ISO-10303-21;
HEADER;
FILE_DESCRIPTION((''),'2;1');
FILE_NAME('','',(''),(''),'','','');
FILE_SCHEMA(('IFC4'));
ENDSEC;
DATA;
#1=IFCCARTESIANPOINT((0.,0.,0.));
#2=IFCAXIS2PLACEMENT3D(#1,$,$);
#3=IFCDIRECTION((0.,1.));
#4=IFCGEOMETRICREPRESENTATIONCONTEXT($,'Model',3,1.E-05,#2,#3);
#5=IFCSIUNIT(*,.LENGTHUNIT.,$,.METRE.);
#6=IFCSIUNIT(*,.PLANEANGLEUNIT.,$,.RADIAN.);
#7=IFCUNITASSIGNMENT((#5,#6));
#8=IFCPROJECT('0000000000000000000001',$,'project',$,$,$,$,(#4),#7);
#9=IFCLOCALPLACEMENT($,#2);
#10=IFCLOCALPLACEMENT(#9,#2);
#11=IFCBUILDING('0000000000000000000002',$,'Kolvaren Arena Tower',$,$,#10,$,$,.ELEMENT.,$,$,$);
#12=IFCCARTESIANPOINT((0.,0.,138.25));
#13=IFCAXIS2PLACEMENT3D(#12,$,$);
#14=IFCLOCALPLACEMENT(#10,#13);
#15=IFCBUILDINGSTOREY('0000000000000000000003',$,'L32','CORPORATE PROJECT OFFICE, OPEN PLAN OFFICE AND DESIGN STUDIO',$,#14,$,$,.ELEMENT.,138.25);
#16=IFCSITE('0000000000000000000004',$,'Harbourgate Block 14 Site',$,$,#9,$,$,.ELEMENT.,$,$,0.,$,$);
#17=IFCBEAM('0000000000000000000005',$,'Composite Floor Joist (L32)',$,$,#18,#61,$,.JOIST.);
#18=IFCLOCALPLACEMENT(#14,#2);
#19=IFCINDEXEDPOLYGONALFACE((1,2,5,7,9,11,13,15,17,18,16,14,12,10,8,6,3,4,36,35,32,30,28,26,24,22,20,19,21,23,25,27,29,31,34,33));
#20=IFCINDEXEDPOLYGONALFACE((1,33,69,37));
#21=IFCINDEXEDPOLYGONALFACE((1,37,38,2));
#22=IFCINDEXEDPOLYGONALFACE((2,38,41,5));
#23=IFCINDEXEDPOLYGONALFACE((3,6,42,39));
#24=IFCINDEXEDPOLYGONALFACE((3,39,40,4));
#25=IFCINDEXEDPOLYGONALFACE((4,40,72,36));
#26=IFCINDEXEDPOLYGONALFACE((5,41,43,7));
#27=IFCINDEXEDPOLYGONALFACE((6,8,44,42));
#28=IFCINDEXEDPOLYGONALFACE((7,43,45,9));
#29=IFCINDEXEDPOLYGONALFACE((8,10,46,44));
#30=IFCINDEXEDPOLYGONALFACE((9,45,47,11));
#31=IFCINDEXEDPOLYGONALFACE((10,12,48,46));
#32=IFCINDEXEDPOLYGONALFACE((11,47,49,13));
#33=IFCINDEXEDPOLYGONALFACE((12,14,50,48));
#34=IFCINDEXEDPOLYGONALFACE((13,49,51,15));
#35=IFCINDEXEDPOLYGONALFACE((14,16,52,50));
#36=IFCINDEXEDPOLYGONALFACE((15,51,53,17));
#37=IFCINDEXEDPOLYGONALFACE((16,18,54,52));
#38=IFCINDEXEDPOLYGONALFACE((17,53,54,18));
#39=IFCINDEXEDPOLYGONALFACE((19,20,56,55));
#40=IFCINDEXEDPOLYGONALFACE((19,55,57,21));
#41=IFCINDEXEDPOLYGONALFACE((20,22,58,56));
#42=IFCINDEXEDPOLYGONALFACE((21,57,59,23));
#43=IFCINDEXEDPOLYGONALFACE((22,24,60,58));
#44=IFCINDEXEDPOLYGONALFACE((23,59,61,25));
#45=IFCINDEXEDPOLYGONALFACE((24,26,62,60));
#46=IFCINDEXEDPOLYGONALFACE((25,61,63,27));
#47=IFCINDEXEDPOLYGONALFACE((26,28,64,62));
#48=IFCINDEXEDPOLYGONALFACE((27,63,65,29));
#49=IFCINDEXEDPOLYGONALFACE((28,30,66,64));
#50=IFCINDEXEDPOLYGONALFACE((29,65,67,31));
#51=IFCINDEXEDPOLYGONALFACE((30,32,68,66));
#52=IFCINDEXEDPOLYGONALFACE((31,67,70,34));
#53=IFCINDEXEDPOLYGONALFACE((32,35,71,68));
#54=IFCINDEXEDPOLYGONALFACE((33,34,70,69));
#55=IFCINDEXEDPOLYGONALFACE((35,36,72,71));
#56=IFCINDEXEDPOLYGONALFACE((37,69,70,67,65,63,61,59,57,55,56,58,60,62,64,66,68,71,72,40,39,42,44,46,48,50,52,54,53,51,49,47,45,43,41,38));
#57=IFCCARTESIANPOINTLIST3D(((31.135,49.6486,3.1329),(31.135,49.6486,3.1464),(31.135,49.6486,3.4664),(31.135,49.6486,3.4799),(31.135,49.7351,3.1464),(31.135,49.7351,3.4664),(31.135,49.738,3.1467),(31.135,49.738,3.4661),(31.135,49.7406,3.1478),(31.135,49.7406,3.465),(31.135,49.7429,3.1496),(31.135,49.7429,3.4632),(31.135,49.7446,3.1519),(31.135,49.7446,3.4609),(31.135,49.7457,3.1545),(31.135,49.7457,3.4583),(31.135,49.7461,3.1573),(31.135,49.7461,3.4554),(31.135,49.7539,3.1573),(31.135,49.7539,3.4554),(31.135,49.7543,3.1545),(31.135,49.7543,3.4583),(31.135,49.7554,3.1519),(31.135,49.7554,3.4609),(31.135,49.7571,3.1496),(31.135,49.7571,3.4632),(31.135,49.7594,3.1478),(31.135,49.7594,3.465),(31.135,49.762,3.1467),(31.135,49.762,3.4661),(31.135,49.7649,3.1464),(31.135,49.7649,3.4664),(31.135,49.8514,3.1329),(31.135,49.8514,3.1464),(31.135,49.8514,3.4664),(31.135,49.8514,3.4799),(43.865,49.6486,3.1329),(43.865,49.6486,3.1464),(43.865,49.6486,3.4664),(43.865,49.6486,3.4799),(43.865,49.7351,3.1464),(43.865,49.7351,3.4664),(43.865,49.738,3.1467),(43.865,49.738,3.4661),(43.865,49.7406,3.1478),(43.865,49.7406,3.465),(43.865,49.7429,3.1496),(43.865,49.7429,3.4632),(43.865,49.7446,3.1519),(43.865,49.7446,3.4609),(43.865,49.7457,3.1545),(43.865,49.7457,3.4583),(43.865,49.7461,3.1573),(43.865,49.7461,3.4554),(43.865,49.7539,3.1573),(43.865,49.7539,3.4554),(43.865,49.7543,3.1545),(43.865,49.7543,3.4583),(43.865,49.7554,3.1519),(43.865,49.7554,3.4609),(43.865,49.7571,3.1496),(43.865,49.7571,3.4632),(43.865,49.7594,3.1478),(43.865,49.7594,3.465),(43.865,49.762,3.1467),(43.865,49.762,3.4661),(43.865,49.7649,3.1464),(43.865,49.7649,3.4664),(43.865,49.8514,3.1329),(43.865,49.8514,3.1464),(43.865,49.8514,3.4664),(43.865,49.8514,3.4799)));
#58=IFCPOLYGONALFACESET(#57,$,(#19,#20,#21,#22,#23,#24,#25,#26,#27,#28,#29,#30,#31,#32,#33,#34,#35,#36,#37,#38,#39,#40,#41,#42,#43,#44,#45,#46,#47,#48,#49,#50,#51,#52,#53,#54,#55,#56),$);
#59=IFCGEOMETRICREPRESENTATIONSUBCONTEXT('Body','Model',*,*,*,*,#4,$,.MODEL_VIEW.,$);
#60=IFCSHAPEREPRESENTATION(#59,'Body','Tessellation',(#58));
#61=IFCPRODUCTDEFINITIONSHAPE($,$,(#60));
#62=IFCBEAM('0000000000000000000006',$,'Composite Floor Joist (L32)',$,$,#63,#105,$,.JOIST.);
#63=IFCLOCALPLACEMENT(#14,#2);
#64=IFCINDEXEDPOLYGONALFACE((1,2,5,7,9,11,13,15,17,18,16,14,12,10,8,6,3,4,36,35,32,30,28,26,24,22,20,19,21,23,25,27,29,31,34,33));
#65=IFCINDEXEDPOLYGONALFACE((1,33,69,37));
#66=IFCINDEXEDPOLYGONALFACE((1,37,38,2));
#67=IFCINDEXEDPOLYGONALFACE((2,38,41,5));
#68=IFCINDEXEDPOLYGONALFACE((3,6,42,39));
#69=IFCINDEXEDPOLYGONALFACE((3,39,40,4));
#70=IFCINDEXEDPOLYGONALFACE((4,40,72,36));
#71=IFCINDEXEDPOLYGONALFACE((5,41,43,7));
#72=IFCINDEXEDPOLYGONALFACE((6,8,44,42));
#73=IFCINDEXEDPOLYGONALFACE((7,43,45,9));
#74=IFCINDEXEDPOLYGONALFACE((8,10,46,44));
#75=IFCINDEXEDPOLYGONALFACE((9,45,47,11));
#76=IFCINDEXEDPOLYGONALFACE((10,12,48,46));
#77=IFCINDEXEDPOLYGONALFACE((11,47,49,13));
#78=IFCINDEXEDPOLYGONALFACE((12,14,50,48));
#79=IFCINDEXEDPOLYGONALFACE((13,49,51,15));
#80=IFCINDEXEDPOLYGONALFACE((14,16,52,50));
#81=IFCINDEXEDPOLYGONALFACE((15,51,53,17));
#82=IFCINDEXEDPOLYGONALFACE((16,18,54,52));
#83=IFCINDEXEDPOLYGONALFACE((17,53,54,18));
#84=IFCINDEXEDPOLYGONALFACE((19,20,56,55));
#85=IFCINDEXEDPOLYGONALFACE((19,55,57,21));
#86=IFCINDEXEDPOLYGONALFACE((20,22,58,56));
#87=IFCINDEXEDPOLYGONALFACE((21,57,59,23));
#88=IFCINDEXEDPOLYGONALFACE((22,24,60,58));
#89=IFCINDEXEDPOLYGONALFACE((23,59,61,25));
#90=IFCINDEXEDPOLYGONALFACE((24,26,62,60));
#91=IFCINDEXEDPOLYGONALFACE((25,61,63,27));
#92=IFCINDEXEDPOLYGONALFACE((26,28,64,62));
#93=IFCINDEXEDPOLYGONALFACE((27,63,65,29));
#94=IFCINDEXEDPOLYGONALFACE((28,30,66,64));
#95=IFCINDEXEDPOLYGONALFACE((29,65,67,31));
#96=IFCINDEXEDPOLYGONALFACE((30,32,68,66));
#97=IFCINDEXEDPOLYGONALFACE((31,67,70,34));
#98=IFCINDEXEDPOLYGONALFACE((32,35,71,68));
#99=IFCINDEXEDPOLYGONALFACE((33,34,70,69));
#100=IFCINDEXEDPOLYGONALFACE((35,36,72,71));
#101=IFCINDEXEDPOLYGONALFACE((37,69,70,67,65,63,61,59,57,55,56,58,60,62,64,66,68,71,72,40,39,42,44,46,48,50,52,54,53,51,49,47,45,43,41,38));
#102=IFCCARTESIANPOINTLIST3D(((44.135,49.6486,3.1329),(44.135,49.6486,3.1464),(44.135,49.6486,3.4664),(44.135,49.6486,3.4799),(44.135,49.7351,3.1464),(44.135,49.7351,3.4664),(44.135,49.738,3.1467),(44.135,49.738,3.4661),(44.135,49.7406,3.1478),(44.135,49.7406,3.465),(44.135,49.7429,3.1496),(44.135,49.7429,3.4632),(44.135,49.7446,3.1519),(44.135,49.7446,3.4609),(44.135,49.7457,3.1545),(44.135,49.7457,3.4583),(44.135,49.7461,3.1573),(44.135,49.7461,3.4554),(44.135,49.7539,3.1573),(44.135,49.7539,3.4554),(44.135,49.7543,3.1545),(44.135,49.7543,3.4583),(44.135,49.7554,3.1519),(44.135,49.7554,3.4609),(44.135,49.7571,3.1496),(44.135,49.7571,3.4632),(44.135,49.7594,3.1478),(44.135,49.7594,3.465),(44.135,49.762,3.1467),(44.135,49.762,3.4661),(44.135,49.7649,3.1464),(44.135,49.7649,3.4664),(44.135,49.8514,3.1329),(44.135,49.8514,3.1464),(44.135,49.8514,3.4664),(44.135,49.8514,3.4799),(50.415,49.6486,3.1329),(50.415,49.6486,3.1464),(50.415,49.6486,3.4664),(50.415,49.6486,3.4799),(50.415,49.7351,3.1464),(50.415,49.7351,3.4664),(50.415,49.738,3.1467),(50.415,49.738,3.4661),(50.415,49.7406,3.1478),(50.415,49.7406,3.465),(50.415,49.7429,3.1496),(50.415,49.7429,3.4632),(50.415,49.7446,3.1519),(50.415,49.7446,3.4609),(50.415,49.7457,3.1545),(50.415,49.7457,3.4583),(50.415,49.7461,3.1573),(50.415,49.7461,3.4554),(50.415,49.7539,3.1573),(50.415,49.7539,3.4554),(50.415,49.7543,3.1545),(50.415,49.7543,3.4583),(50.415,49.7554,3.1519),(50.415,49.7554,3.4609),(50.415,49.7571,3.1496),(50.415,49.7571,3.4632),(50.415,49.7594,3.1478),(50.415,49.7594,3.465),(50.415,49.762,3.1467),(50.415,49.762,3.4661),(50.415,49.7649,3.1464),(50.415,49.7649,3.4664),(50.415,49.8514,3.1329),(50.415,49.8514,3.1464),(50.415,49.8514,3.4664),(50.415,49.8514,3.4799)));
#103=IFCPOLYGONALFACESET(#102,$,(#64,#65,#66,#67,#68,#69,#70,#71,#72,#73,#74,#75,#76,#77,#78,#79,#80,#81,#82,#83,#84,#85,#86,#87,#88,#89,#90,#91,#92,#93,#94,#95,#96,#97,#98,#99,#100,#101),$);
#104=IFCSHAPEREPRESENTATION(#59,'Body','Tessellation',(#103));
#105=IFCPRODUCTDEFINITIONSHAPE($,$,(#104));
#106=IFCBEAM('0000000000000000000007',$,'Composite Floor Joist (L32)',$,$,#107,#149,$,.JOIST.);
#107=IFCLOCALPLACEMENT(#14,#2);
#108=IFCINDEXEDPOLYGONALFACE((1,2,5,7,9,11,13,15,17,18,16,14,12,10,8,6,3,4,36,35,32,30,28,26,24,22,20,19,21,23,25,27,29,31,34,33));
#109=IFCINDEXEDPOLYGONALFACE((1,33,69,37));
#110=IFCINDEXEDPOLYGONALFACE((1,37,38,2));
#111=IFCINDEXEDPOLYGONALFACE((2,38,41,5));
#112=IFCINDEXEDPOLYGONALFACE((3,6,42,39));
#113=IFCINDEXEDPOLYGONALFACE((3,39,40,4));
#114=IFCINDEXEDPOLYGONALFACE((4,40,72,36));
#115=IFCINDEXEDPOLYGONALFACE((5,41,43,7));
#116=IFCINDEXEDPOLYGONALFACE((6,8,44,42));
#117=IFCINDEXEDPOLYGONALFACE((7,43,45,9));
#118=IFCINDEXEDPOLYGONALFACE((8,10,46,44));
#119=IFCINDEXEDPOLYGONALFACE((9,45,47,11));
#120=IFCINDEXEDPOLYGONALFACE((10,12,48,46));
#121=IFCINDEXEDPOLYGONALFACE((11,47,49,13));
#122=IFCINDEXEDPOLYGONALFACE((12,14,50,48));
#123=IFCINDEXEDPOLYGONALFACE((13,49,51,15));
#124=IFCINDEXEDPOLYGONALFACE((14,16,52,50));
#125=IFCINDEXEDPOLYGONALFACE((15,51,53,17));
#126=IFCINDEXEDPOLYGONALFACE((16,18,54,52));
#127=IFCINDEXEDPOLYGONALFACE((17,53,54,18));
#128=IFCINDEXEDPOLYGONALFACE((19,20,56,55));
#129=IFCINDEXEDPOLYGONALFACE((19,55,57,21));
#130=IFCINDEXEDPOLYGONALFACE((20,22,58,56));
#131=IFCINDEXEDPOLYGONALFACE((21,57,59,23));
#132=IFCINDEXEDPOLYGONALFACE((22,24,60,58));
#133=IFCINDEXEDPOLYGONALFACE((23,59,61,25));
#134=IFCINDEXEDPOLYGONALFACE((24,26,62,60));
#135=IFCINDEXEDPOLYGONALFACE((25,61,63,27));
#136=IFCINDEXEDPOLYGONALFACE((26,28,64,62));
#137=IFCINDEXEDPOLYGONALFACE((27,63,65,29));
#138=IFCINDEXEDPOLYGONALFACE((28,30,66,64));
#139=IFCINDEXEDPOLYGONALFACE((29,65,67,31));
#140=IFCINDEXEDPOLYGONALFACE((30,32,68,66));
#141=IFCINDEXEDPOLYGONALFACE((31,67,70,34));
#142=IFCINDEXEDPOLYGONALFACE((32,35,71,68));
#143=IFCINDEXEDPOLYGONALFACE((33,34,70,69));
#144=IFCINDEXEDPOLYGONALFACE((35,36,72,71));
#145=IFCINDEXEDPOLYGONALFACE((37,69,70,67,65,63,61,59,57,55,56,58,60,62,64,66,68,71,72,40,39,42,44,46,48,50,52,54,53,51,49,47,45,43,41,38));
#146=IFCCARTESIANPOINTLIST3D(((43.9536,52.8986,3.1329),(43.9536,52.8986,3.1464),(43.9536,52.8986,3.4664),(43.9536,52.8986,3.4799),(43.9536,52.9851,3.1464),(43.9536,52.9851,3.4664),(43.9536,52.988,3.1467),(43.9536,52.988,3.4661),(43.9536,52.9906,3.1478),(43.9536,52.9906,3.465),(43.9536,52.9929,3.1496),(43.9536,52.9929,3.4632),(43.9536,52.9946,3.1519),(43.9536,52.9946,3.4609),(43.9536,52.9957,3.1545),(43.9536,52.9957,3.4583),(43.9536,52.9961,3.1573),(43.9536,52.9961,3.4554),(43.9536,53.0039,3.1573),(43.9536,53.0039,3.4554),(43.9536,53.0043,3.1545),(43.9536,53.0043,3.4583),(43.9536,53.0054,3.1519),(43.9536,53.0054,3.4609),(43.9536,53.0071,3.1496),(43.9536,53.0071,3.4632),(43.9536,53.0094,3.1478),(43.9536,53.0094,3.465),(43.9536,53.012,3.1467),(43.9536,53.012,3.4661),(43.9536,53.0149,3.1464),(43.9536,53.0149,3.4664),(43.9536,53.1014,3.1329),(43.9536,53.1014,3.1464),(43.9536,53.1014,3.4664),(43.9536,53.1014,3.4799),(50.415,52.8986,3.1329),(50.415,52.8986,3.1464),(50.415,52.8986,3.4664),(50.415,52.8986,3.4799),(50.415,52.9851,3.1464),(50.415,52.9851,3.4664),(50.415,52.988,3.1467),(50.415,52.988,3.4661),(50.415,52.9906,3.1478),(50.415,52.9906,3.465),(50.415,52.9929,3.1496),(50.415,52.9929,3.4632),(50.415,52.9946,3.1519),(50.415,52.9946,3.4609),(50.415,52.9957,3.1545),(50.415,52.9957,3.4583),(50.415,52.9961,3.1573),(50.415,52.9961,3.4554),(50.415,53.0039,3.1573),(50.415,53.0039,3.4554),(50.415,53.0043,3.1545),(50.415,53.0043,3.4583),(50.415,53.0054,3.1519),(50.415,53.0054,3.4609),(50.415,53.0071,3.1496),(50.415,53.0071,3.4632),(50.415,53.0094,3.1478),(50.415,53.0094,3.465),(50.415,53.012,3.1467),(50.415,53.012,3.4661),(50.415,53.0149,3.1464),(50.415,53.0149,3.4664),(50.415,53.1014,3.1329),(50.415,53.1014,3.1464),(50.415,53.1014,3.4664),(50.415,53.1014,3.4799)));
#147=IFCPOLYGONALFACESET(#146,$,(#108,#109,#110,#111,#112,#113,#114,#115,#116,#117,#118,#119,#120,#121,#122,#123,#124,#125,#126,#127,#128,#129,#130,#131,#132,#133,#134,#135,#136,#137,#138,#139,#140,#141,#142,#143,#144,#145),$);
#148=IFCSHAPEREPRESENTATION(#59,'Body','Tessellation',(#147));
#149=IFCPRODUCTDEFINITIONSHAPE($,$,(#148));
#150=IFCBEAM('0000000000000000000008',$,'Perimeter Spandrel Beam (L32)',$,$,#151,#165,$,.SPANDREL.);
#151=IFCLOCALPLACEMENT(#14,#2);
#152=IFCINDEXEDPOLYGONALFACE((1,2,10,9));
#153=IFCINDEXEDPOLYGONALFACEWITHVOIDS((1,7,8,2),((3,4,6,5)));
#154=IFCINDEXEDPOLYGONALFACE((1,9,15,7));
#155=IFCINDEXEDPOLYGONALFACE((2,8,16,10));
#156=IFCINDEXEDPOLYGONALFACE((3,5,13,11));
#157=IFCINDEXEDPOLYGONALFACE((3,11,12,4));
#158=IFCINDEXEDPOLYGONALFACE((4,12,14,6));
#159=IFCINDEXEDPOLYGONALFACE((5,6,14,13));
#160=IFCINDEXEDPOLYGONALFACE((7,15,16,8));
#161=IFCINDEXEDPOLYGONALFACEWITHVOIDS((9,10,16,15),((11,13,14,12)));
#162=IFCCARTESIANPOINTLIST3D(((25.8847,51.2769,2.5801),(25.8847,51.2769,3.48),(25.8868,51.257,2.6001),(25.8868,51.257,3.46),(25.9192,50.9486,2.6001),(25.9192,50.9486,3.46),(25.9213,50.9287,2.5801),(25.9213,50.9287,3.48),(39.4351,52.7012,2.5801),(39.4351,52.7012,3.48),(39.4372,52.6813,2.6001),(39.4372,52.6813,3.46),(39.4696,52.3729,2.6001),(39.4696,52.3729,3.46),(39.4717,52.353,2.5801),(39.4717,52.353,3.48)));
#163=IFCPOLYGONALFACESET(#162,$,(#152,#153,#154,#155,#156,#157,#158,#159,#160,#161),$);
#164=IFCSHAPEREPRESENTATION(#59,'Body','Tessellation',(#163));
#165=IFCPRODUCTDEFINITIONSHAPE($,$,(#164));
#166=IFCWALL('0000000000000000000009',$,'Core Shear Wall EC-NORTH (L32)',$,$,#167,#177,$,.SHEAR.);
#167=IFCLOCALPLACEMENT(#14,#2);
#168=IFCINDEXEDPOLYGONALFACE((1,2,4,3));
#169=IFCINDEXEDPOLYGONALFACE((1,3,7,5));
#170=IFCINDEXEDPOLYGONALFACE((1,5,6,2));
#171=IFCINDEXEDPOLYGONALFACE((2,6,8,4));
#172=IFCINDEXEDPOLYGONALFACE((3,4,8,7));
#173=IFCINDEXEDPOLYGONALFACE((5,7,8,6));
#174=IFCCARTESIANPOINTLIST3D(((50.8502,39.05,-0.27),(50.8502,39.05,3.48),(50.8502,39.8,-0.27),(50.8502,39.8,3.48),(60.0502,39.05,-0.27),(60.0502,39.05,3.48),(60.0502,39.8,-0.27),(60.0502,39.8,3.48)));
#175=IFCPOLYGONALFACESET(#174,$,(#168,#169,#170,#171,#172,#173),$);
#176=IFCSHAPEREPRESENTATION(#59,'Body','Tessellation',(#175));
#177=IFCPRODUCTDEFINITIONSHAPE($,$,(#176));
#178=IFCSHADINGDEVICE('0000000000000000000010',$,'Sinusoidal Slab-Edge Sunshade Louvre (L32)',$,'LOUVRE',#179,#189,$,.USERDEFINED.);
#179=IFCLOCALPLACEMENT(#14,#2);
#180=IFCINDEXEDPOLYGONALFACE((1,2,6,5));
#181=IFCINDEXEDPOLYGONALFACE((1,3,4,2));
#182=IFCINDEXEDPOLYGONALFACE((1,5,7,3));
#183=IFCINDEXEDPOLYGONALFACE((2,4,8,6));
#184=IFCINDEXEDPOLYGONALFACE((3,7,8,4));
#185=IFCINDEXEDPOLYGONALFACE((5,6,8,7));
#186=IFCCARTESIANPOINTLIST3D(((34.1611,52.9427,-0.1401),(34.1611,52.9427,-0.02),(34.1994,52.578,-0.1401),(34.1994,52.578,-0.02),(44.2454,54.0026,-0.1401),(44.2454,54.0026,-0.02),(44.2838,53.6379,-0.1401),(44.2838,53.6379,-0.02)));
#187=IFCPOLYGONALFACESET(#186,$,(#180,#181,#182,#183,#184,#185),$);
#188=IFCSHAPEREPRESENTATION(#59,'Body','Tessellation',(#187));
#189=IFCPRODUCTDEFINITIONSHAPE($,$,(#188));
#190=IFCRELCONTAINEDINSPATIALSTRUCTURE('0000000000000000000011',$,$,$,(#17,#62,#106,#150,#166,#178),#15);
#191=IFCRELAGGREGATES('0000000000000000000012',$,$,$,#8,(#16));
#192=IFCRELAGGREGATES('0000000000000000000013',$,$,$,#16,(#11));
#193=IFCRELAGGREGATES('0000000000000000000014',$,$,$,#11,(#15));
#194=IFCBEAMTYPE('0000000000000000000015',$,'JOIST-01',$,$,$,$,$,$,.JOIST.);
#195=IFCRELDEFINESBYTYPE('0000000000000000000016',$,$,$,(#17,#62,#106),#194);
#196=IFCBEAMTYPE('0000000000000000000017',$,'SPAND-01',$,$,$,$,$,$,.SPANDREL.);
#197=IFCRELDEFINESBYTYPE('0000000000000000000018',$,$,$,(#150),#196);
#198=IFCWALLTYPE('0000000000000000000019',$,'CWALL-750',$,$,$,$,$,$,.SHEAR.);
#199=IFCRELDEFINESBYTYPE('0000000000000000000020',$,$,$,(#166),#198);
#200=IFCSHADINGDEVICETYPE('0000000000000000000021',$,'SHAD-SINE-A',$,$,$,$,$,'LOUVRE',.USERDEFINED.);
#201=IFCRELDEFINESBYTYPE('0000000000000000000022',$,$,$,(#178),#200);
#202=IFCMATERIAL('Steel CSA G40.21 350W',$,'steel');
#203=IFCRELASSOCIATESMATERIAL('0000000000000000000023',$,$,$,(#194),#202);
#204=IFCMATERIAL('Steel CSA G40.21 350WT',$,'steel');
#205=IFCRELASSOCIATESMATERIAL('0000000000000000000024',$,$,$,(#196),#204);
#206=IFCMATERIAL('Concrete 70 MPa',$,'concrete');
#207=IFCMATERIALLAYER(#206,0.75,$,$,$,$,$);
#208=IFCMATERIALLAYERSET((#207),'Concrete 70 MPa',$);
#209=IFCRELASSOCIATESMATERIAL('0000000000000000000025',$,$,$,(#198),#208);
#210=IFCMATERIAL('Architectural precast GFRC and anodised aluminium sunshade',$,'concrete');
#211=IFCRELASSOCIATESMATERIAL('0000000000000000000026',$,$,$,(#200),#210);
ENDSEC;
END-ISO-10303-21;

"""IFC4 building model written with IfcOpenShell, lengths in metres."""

from ifc_helpers import new_model, si_unit, direction, frame, frame_2d, origin, origin_2d, place, context, subcontext, project, spatial, rectangle, hollow_rectangle, i_section, extrude, material, layer, layer_set, material_profile, profile_set, type_object, element, save


model = new_model("IFC4")

# Units and contexts
model_context = context("Model", 3, precision=1e-05, world=origin(), true_north=direction((0.0, 1.0)))
body_context = subcontext(model_context, "Body", "Model", "MODEL_VIEW")
ifc_project = project(units=[si_unit("LENGTHUNIT", "METRE"), si_unit("PLANEANGLEUNIT", "RADIAN")], contexts=[model_context])

# Site, building, storey
site_placement = place(None, origin())
site = spatial("IfcSite", under=ifc_project, at=site_placement, Name="Harbourgate Block 14 Site", CompositionType="ELEMENT", RefElevation=0.0)
building_placement = place(site_placement, origin())
building = spatial("IfcBuilding", under=site, at=building_placement, Name="Kolvaren Arena Tower", CompositionType="ELEMENT")
storey_placement = place(building_placement, frame((0.0, 0.0, 138.25)))
storey = spatial("IfcBuildingStorey", under=building, at=storey_placement, Name="L32", Description="CORPORATE PROJECT OFFICE, OPEN PLAN OFFICE AND DESIGN STUDIO", CompositionType="ELEMENT", Elevation=138.25)

# Beams
ifc_material_1 = material(Name="Steel CSA G40.21 350W", Category="steel")
ifc_material_profile_1 = material_profile(ifc_material_1, i_section(OverallWidth=0.2029, OverallDepth=0.3469, WebThickness=0.0078, FlangeThickness=0.0134, FilletRadius=0.011, at=origin_2d()), Name="W360x64")
ifc_profile_set_1 = profile_set([ifc_material_profile_1], Name="Steel CSA G40.21 350W")
beam_type_1 = type_object("IfcBeamType", Name="JOIST-01", PredefinedType="JOIST", material=ifc_profile_set_1)
beam_1_placement = place(storey_placement, frame((31.135, 49.75, 3.3064), z_axis=(1.0, 0.0, 0.0), x_axis=(0.0, 1.0, 0.0)))
element("IfcBeam", 1, at=beam_1_placement, inside=storey, type_object=beam_type_1, Name="Composite Floor Joist (L32)", PredefinedType="JOIST", context=body_context, shape_type="SweptSolid", body=[
    extrude(i_section(OverallWidth=0.2029, OverallDepth=0.3469, WebThickness=0.0078, FlangeThickness=0.0134, FilletRadius=0.011, at=origin_2d()), origin(), (0.0, 0.0, 1.0), 12.73),
])
beam_2_placement = place(storey_placement, frame((44.135, 49.75, 3.3064), z_axis=(1.0, 0.0, 0.0), x_axis=(0.0, 1.0, 0.0)))
element("IfcBeam", 2, at=beam_2_placement, inside=storey, type_object=beam_type_1, Name="Composite Floor Joist (L32)", PredefinedType="JOIST", context=body_context, shape_type="SweptSolid", body=[
    extrude(i_section(OverallWidth=0.2029, OverallDepth=0.3469, WebThickness=0.0078, FlangeThickness=0.0134, FilletRadius=0.011, at=origin_2d()), origin(), (0.0, 0.0, 1.0), 6.28),
])
beam_3_placement = place(storey_placement, frame((43.9536, 53.0, 3.3064), z_axis=(1.0, 0.0, 0.0), x_axis=(0.0, 1.0, 0.0)))
element("IfcBeam", 3, at=beam_3_placement, inside=storey, type_object=beam_type_1, Name="Composite Floor Joist (L32)", PredefinedType="JOIST", context=body_context, shape_type="SweptSolid", body=[
    extrude(i_section(OverallWidth=0.2029, OverallDepth=0.3469, WebThickness=0.0078, FlangeThickness=0.0134, FilletRadius=0.011, at=origin_2d()), origin(), (0.0, 0.0, 1.0), 6.4614),
])
ifc_material_2 = material(Name="Steel CSA G40.21 350WT", Category="steel")
ifc_material_profile_2 = material_profile(ifc_material_2, hollow_rectangle(XDim=0.3501, YDim=0.8999, WallThickness=0.02, at=origin_2d()), Name="HSS 900x350x20")
ifc_profile_set_2 = profile_set([ifc_material_profile_2], Name="Steel CSA G40.21 350WT")
beam_type_2 = type_object("IfcBeamType", Name="SPAND-01", PredefinedType="SPANDREL", material=ifc_profile_set_2)
beam_4_placement = place(storey_placement, frame((39.4534, 52.5271, 3.03), z_axis=(-0.994521, -0.104537, 0.0), x_axis=(0.104537, -0.994521, 0.0)))
element("IfcBeam", 4, at=beam_4_placement, inside=storey, type_object=beam_type_2, Name="Perimeter Spandrel Beam (L32)", PredefinedType="SPANDREL", context=body_context, shape_type="SweptSolid", body=[
    extrude(hollow_rectangle(XDim=0.3501, YDim=0.8999, WallThickness=0.02, at=origin_2d()), origin(), (0.0, 0.0, 1.0), 13.625),
])

# Wall
ifc_material_3 = material(Name="Concrete 70 MPa", Category="concrete")
ifc_layer = layer(ifc_material_3, 0.75)
ifc_layer_set = layer_set([ifc_layer], Name="Concrete 70 MPa")
wall_type = type_object("IfcWallType", Name="CWALL-750", PredefinedType="SHEAR", material=ifc_layer_set)
wall_placement = place(storey_placement, frame((50.8501, 39.425, -0.27), z_axis=(0.0, 0.0, 1.0), x_axis=(1.0, 0.0, 0.0)))
element("IfcWall", 5, at=wall_placement, inside=storey, type_object=wall_type, Name="Core Shear Wall EC-NORTH (L32)", PredefinedType="SHEAR", context=body_context, shape_type="SweptSolid", body=[
    extrude(rectangle(XDim=9.2, YDim=0.75, at=frame_2d((4.6001, 0.0))), origin(), (0.0, 0.0, 1.0), 3.75),
])

# Shading device
ifc_material_4 = material(Name="Architectural precast GFRC and anodised aluminium sunshade", Category="concrete")
shading_device_type_1 = type_object("IfcShadingDeviceType", Name="SHAD-SINE-A", ElementType="LOUVRE", PredefinedType="USERDEFINED", material=ifc_material_4)
shading_device_1_placement = place(storey_placement, frame((39.2224, 53.2903, -0.1401), z_axis=(0.0, 0.0, 1.0), x_axis=(0.994522, 0.104527, 0.0)))
element("IfcShadingDevice", 6, at=shading_device_1_placement, inside=storey, type_object=shading_device_type_1, Name="Sinusoidal Slab-Edge Sunshade Louvre (L32)", ObjectType="LOUVRE", PredefinedType="USERDEFINED", context=body_context, shape_type="SweptSolid", body=[
    extrude(rectangle(XDim=10.1399, YDim=0.3667, at=origin_2d()), origin(), (0.0, 0.0, 1.0), 0.1201),
])

save(model, "model.ifc")
